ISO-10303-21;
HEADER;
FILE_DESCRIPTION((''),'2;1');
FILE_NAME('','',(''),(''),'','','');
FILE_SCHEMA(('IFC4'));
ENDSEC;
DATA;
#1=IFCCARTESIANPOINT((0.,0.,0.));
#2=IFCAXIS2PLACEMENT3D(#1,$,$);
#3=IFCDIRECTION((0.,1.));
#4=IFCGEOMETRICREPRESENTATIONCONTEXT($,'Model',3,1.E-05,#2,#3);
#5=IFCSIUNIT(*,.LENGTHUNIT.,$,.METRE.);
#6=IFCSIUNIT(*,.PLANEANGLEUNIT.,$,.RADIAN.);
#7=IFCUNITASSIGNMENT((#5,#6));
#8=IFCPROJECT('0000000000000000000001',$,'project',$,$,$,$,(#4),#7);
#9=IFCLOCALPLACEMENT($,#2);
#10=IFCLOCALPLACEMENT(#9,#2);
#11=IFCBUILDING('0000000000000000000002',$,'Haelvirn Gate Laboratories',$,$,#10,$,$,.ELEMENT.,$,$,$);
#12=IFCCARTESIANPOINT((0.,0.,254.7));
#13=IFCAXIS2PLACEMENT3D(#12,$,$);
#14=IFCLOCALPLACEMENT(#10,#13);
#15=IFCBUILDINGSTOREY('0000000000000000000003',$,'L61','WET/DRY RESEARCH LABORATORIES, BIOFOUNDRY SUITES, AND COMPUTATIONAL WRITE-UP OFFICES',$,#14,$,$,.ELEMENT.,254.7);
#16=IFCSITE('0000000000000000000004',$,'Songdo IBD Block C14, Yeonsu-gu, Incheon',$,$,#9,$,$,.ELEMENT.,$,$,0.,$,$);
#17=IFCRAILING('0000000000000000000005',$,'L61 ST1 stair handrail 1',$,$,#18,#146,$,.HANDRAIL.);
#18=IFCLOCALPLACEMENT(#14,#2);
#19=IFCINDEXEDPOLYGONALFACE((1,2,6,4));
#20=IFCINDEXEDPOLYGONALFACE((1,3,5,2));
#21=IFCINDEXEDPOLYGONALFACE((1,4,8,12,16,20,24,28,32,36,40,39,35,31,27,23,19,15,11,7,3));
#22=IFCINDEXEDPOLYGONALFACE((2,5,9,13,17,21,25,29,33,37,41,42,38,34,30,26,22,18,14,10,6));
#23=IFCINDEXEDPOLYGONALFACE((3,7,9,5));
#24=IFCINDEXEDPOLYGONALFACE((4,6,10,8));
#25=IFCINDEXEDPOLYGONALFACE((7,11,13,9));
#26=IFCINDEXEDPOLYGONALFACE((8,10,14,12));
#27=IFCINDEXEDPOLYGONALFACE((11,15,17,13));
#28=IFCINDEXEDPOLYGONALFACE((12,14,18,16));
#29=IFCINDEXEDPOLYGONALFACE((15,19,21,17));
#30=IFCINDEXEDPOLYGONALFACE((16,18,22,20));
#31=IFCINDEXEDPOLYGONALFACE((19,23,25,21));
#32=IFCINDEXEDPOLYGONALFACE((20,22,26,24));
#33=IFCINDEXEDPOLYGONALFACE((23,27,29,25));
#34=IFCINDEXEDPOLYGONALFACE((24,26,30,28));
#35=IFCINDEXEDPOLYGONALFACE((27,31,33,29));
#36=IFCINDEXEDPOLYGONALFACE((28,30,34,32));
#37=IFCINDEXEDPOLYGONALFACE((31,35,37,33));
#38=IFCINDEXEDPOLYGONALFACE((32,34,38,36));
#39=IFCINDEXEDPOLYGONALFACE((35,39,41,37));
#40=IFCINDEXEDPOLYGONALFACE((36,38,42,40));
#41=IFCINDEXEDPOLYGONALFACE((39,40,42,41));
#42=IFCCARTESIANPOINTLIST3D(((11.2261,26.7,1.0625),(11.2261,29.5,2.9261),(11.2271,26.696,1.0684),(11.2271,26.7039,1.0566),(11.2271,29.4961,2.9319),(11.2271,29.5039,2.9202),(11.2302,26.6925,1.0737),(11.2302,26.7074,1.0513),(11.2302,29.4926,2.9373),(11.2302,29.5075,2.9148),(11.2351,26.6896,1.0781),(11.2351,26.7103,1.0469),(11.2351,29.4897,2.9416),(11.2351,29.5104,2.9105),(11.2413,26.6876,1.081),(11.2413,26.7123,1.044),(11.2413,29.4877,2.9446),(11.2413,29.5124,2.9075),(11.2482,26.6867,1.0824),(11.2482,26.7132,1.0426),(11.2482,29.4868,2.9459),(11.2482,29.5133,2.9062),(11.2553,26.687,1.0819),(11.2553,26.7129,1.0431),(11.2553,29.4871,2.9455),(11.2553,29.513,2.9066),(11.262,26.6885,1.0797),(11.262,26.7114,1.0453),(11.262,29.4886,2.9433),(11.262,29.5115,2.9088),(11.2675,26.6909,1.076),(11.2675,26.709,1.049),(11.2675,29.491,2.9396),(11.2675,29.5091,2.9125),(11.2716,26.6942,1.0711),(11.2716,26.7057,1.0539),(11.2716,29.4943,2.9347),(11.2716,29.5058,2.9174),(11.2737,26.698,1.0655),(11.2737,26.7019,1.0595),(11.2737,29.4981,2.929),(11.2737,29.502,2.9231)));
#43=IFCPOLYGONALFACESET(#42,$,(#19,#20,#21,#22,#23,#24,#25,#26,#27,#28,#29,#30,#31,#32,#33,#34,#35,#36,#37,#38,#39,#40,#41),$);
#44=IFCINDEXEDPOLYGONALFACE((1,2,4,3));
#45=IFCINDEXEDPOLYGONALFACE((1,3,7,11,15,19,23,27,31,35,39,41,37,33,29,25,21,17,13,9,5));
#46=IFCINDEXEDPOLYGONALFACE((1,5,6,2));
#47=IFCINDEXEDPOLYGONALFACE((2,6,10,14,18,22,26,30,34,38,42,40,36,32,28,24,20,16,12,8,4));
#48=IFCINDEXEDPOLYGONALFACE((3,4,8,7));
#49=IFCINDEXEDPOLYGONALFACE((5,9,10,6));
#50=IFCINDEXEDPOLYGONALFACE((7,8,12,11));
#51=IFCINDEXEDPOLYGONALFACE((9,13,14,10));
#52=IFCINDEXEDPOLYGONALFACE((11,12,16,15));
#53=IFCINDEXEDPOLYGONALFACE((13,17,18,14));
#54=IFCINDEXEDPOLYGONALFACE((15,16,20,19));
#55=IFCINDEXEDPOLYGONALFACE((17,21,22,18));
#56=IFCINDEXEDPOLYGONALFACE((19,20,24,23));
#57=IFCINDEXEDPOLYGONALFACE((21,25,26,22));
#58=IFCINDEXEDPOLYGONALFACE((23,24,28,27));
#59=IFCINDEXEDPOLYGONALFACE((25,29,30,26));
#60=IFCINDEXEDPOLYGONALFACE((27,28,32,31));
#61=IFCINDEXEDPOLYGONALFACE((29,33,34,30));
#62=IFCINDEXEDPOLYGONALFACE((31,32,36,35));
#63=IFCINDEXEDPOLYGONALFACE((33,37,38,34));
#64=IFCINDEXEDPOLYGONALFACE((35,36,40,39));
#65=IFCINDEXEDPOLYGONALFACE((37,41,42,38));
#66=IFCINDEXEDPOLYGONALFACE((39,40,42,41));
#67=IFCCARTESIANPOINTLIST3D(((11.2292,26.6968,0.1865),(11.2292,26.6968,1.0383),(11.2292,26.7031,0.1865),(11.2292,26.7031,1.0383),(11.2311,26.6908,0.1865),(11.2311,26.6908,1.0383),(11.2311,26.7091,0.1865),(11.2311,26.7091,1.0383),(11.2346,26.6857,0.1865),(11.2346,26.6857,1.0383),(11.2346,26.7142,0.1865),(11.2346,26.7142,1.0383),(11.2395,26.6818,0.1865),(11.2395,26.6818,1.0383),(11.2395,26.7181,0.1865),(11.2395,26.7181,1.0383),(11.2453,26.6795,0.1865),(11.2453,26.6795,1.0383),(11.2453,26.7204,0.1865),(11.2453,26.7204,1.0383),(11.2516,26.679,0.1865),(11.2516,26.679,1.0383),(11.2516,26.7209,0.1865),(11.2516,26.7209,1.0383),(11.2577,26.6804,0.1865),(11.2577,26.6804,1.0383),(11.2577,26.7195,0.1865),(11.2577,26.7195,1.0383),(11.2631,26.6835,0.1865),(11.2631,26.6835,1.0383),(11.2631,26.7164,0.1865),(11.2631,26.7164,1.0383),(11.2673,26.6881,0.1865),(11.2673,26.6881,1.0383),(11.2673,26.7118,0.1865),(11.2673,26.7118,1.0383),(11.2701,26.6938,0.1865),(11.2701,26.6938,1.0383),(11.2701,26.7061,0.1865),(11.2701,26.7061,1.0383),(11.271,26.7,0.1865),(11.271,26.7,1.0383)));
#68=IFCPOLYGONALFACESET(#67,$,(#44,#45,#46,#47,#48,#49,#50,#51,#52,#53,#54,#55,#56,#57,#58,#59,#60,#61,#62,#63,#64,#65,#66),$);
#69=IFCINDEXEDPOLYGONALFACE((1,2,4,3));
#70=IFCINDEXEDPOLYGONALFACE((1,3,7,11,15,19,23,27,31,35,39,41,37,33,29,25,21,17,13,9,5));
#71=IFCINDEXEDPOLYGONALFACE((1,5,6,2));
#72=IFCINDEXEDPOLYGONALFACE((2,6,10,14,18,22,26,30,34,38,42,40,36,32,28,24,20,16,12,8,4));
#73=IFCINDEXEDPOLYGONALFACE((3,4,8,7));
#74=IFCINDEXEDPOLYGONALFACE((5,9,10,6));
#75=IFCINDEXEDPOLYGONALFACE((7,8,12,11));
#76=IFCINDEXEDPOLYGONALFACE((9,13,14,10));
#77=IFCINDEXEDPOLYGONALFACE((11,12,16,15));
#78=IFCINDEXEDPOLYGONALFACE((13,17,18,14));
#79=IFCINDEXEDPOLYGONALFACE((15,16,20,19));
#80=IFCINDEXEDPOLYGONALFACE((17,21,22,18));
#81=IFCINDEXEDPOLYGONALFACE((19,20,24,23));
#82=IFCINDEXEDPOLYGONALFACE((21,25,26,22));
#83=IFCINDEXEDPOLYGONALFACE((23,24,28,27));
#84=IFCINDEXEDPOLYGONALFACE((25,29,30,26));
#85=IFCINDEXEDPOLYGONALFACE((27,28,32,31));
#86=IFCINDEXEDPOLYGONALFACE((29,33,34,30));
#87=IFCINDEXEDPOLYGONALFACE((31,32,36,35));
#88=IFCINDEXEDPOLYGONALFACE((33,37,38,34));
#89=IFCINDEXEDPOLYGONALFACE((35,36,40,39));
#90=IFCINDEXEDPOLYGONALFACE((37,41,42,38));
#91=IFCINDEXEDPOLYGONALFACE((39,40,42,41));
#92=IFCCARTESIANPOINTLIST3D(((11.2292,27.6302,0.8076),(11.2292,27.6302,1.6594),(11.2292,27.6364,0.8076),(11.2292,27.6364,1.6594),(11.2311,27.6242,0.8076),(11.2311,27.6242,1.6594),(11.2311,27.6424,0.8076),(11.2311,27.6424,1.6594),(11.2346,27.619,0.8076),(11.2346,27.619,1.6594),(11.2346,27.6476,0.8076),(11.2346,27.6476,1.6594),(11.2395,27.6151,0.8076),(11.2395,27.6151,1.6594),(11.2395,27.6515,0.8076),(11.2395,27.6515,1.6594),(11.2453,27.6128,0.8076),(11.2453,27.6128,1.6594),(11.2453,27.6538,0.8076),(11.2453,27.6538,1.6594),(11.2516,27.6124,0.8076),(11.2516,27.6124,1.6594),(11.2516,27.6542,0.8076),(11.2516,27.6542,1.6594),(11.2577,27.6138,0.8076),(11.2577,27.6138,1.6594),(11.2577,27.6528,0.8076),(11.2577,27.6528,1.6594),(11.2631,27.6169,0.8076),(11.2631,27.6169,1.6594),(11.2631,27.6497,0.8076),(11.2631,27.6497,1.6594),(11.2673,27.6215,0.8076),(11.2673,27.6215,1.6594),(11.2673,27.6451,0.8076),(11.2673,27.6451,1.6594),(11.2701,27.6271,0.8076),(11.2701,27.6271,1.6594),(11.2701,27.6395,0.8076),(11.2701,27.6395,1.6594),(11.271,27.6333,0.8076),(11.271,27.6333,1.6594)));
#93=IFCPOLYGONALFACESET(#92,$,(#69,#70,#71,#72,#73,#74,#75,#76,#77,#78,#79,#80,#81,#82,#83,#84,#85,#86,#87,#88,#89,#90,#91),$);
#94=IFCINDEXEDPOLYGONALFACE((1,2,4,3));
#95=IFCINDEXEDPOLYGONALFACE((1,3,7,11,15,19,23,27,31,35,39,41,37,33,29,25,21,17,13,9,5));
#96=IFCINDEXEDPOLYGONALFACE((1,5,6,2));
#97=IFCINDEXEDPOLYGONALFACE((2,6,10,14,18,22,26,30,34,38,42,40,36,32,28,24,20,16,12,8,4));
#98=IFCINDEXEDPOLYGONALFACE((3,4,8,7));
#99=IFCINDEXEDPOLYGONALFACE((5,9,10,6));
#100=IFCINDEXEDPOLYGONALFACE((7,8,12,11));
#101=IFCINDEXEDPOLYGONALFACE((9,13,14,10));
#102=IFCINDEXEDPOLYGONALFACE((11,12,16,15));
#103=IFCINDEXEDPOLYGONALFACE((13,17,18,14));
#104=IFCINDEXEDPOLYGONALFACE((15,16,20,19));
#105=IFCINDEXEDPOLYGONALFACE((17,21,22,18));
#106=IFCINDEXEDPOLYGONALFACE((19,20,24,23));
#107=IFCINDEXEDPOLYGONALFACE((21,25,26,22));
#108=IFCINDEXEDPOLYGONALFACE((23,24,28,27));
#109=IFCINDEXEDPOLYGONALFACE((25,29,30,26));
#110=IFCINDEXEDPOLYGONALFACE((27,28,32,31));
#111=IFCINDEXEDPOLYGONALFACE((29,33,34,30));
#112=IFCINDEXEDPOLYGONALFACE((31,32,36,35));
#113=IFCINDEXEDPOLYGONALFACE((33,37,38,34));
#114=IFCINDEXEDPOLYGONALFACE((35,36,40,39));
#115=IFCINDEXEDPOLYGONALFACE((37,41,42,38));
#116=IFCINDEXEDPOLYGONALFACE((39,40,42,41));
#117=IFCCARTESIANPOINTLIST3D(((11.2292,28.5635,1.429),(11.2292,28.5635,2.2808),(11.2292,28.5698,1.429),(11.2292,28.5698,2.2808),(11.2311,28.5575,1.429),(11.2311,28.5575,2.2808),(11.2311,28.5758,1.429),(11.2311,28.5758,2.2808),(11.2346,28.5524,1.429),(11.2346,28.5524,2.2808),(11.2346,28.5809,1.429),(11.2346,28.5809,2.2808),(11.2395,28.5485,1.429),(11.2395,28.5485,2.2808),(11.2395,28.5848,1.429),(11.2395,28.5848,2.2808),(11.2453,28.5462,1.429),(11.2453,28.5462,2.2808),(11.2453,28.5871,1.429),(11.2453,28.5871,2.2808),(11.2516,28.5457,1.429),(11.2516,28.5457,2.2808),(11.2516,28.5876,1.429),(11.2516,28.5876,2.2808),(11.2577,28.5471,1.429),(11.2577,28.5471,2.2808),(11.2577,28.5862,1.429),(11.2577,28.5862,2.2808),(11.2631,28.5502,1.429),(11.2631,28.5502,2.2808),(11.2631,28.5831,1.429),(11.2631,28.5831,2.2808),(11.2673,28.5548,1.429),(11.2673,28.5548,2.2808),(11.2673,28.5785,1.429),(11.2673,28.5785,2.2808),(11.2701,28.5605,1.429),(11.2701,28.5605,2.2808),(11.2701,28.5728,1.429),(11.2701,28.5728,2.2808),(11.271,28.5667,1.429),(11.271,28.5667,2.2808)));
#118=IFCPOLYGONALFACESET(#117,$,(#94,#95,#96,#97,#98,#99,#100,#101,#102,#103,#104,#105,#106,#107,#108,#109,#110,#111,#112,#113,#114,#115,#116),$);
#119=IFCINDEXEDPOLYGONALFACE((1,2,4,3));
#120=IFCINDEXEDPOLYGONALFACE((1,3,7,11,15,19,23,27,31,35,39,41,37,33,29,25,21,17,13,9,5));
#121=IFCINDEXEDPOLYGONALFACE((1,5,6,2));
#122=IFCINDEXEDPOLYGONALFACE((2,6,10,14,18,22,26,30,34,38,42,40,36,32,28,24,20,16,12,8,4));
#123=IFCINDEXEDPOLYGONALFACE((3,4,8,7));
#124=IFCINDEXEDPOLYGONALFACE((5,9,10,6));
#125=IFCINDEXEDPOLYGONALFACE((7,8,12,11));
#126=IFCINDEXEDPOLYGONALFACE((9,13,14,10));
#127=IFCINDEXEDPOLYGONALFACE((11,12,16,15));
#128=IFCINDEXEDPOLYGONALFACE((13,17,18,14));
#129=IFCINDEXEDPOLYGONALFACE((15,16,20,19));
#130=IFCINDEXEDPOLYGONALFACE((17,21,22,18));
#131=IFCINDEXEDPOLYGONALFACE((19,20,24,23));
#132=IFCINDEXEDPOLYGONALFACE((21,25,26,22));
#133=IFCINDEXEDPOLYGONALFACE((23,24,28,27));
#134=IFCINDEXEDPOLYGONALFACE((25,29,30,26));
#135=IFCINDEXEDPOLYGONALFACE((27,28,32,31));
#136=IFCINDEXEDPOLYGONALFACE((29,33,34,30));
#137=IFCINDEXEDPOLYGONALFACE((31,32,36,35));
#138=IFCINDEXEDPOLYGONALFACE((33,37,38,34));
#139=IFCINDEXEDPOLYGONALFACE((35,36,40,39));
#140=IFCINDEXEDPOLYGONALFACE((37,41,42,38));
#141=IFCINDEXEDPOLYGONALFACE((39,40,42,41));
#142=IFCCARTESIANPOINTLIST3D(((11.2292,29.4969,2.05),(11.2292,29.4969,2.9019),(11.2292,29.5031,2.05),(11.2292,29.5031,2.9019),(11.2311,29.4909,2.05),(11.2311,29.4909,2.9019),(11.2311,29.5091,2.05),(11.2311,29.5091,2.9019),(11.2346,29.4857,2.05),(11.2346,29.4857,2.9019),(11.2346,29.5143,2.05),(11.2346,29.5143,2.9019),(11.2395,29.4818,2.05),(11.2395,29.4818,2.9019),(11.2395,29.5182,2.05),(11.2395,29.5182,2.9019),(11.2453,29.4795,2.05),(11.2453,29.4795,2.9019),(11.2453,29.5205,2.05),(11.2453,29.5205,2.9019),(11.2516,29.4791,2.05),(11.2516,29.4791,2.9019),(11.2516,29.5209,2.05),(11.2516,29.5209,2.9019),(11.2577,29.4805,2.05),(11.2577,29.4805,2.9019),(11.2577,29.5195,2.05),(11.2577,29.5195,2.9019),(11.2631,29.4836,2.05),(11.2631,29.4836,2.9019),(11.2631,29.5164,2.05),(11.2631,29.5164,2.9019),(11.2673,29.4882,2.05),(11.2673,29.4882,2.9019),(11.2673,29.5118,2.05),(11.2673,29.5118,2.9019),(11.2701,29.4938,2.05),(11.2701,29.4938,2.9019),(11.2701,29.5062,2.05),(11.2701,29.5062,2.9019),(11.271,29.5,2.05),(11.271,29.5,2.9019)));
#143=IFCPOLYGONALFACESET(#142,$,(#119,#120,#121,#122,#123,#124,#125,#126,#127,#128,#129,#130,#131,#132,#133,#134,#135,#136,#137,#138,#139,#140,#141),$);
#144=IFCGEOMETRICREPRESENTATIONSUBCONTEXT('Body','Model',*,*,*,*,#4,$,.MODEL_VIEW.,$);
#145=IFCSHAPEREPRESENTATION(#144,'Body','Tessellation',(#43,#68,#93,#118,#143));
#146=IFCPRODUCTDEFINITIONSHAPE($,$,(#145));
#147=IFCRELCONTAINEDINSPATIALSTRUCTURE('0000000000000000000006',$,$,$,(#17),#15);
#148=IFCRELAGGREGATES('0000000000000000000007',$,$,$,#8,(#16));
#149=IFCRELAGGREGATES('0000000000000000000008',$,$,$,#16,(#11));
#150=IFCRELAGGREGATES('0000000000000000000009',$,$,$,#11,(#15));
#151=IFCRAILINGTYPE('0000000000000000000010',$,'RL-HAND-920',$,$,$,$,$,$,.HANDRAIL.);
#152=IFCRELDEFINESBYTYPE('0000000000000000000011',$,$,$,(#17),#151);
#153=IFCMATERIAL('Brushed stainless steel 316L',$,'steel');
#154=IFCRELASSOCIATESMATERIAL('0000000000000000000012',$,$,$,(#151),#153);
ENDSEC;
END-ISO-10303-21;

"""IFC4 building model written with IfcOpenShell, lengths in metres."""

from ifc_helpers import new_model, si_unit, direction, frame, origin, origin_2d, place, context, subcontext, project, spatial, circle, extrude, source, transform, mapped, material, type_object, element, save


model = new_model("IFC4")

# Units and contexts
model_context = context("Model", 3, precision=1e-05, world=origin(), true_north=direction((0.0, 1.0)))
body_context = subcontext(model_context, "Body", "Model", "MODEL_VIEW")
ifc_project = project(units=[si_unit("LENGTHUNIT", "METRE"), si_unit("PLANEANGLEUNIT", "RADIAN")], contexts=[model_context])

# Site, building, storey
site_placement = place(None, origin())
site = spatial("IfcSite", under=ifc_project, at=site_placement, Name="Songdo IBD Block C14, Yeonsu-gu, Incheon", CompositionType="ELEMENT", RefElevation=0.0)
building_placement = place(site_placement, origin())
building = spatial("IfcBuilding", under=site, at=building_placement, Name="Haelvirn Gate Laboratories", CompositionType="ELEMENT")
storey_placement = place(building_placement, frame((0.0, 0.0, 254.7)))
storey = spatial("IfcBuildingStorey", under=building, at=storey_placement, Name="L61", Description="WET/DRY RESEARCH LABORATORIES, BIOFOUNDRY SUITES, AND COMPUTATIONAL WRITE-UP OFFICES", CompositionType="ELEMENT", Elevation=254.7)

# Railing
ifc_material_1 = material(Name="Brushed stainless steel 316L", Category="steel")
railing_type_1 = type_object("IfcRailingType", Name="RL-HAND-920", PredefinedType="HANDRAIL", material=ifc_material_1)
shared_shape_1 = source(origin(), body_context, "Body", "SweptSolid", [
    extrude(circle(Radius=0.0239, at=origin_2d()), frame((0.0, 0.0, 0.876), z_axis=(0.0, 0.832486, 0.554047), x_axis=(-1.0, 0.0, 0.0)), (0.0, 0.0, 1.0), 3.3635),
    extrude(circle(Radius=0.021, at=origin_2d()), origin(), (0.0, 0.0, 1.0), 0.8518),
    extrude(circle(Radius=0.021, at=origin_2d()), frame((0.0, 0.9333, 0.6211)), (0.0, 0.0, 1.0), 0.8518),
    extrude(circle(Radius=0.021, at=origin_2d()), frame((0.0, 1.8667, 1.2424)), (0.0, 0.0, 1.0), 0.8518),
    extrude(circle(Radius=0.021, at=origin_2d()), frame((0.0, 2.8, 1.8635)), (0.0, 0.0, 1.0), 0.8518),
])
railing_1_placement = place(storey_placement, frame((11.25, 26.7, 0.1865)))
element("IfcRailing", 1, at=railing_1_placement, inside=storey, type_object=railing_type_1, Name="L61 ST1 stair handrail 1", PredefinedType="HANDRAIL", context=body_context, shape_type="MappedRepresentation", body=[
    mapped(shared_shape_1, transform((0.0, 0.0, 0.0), scale=1.0)),
])

save(model, "model.ifc")
